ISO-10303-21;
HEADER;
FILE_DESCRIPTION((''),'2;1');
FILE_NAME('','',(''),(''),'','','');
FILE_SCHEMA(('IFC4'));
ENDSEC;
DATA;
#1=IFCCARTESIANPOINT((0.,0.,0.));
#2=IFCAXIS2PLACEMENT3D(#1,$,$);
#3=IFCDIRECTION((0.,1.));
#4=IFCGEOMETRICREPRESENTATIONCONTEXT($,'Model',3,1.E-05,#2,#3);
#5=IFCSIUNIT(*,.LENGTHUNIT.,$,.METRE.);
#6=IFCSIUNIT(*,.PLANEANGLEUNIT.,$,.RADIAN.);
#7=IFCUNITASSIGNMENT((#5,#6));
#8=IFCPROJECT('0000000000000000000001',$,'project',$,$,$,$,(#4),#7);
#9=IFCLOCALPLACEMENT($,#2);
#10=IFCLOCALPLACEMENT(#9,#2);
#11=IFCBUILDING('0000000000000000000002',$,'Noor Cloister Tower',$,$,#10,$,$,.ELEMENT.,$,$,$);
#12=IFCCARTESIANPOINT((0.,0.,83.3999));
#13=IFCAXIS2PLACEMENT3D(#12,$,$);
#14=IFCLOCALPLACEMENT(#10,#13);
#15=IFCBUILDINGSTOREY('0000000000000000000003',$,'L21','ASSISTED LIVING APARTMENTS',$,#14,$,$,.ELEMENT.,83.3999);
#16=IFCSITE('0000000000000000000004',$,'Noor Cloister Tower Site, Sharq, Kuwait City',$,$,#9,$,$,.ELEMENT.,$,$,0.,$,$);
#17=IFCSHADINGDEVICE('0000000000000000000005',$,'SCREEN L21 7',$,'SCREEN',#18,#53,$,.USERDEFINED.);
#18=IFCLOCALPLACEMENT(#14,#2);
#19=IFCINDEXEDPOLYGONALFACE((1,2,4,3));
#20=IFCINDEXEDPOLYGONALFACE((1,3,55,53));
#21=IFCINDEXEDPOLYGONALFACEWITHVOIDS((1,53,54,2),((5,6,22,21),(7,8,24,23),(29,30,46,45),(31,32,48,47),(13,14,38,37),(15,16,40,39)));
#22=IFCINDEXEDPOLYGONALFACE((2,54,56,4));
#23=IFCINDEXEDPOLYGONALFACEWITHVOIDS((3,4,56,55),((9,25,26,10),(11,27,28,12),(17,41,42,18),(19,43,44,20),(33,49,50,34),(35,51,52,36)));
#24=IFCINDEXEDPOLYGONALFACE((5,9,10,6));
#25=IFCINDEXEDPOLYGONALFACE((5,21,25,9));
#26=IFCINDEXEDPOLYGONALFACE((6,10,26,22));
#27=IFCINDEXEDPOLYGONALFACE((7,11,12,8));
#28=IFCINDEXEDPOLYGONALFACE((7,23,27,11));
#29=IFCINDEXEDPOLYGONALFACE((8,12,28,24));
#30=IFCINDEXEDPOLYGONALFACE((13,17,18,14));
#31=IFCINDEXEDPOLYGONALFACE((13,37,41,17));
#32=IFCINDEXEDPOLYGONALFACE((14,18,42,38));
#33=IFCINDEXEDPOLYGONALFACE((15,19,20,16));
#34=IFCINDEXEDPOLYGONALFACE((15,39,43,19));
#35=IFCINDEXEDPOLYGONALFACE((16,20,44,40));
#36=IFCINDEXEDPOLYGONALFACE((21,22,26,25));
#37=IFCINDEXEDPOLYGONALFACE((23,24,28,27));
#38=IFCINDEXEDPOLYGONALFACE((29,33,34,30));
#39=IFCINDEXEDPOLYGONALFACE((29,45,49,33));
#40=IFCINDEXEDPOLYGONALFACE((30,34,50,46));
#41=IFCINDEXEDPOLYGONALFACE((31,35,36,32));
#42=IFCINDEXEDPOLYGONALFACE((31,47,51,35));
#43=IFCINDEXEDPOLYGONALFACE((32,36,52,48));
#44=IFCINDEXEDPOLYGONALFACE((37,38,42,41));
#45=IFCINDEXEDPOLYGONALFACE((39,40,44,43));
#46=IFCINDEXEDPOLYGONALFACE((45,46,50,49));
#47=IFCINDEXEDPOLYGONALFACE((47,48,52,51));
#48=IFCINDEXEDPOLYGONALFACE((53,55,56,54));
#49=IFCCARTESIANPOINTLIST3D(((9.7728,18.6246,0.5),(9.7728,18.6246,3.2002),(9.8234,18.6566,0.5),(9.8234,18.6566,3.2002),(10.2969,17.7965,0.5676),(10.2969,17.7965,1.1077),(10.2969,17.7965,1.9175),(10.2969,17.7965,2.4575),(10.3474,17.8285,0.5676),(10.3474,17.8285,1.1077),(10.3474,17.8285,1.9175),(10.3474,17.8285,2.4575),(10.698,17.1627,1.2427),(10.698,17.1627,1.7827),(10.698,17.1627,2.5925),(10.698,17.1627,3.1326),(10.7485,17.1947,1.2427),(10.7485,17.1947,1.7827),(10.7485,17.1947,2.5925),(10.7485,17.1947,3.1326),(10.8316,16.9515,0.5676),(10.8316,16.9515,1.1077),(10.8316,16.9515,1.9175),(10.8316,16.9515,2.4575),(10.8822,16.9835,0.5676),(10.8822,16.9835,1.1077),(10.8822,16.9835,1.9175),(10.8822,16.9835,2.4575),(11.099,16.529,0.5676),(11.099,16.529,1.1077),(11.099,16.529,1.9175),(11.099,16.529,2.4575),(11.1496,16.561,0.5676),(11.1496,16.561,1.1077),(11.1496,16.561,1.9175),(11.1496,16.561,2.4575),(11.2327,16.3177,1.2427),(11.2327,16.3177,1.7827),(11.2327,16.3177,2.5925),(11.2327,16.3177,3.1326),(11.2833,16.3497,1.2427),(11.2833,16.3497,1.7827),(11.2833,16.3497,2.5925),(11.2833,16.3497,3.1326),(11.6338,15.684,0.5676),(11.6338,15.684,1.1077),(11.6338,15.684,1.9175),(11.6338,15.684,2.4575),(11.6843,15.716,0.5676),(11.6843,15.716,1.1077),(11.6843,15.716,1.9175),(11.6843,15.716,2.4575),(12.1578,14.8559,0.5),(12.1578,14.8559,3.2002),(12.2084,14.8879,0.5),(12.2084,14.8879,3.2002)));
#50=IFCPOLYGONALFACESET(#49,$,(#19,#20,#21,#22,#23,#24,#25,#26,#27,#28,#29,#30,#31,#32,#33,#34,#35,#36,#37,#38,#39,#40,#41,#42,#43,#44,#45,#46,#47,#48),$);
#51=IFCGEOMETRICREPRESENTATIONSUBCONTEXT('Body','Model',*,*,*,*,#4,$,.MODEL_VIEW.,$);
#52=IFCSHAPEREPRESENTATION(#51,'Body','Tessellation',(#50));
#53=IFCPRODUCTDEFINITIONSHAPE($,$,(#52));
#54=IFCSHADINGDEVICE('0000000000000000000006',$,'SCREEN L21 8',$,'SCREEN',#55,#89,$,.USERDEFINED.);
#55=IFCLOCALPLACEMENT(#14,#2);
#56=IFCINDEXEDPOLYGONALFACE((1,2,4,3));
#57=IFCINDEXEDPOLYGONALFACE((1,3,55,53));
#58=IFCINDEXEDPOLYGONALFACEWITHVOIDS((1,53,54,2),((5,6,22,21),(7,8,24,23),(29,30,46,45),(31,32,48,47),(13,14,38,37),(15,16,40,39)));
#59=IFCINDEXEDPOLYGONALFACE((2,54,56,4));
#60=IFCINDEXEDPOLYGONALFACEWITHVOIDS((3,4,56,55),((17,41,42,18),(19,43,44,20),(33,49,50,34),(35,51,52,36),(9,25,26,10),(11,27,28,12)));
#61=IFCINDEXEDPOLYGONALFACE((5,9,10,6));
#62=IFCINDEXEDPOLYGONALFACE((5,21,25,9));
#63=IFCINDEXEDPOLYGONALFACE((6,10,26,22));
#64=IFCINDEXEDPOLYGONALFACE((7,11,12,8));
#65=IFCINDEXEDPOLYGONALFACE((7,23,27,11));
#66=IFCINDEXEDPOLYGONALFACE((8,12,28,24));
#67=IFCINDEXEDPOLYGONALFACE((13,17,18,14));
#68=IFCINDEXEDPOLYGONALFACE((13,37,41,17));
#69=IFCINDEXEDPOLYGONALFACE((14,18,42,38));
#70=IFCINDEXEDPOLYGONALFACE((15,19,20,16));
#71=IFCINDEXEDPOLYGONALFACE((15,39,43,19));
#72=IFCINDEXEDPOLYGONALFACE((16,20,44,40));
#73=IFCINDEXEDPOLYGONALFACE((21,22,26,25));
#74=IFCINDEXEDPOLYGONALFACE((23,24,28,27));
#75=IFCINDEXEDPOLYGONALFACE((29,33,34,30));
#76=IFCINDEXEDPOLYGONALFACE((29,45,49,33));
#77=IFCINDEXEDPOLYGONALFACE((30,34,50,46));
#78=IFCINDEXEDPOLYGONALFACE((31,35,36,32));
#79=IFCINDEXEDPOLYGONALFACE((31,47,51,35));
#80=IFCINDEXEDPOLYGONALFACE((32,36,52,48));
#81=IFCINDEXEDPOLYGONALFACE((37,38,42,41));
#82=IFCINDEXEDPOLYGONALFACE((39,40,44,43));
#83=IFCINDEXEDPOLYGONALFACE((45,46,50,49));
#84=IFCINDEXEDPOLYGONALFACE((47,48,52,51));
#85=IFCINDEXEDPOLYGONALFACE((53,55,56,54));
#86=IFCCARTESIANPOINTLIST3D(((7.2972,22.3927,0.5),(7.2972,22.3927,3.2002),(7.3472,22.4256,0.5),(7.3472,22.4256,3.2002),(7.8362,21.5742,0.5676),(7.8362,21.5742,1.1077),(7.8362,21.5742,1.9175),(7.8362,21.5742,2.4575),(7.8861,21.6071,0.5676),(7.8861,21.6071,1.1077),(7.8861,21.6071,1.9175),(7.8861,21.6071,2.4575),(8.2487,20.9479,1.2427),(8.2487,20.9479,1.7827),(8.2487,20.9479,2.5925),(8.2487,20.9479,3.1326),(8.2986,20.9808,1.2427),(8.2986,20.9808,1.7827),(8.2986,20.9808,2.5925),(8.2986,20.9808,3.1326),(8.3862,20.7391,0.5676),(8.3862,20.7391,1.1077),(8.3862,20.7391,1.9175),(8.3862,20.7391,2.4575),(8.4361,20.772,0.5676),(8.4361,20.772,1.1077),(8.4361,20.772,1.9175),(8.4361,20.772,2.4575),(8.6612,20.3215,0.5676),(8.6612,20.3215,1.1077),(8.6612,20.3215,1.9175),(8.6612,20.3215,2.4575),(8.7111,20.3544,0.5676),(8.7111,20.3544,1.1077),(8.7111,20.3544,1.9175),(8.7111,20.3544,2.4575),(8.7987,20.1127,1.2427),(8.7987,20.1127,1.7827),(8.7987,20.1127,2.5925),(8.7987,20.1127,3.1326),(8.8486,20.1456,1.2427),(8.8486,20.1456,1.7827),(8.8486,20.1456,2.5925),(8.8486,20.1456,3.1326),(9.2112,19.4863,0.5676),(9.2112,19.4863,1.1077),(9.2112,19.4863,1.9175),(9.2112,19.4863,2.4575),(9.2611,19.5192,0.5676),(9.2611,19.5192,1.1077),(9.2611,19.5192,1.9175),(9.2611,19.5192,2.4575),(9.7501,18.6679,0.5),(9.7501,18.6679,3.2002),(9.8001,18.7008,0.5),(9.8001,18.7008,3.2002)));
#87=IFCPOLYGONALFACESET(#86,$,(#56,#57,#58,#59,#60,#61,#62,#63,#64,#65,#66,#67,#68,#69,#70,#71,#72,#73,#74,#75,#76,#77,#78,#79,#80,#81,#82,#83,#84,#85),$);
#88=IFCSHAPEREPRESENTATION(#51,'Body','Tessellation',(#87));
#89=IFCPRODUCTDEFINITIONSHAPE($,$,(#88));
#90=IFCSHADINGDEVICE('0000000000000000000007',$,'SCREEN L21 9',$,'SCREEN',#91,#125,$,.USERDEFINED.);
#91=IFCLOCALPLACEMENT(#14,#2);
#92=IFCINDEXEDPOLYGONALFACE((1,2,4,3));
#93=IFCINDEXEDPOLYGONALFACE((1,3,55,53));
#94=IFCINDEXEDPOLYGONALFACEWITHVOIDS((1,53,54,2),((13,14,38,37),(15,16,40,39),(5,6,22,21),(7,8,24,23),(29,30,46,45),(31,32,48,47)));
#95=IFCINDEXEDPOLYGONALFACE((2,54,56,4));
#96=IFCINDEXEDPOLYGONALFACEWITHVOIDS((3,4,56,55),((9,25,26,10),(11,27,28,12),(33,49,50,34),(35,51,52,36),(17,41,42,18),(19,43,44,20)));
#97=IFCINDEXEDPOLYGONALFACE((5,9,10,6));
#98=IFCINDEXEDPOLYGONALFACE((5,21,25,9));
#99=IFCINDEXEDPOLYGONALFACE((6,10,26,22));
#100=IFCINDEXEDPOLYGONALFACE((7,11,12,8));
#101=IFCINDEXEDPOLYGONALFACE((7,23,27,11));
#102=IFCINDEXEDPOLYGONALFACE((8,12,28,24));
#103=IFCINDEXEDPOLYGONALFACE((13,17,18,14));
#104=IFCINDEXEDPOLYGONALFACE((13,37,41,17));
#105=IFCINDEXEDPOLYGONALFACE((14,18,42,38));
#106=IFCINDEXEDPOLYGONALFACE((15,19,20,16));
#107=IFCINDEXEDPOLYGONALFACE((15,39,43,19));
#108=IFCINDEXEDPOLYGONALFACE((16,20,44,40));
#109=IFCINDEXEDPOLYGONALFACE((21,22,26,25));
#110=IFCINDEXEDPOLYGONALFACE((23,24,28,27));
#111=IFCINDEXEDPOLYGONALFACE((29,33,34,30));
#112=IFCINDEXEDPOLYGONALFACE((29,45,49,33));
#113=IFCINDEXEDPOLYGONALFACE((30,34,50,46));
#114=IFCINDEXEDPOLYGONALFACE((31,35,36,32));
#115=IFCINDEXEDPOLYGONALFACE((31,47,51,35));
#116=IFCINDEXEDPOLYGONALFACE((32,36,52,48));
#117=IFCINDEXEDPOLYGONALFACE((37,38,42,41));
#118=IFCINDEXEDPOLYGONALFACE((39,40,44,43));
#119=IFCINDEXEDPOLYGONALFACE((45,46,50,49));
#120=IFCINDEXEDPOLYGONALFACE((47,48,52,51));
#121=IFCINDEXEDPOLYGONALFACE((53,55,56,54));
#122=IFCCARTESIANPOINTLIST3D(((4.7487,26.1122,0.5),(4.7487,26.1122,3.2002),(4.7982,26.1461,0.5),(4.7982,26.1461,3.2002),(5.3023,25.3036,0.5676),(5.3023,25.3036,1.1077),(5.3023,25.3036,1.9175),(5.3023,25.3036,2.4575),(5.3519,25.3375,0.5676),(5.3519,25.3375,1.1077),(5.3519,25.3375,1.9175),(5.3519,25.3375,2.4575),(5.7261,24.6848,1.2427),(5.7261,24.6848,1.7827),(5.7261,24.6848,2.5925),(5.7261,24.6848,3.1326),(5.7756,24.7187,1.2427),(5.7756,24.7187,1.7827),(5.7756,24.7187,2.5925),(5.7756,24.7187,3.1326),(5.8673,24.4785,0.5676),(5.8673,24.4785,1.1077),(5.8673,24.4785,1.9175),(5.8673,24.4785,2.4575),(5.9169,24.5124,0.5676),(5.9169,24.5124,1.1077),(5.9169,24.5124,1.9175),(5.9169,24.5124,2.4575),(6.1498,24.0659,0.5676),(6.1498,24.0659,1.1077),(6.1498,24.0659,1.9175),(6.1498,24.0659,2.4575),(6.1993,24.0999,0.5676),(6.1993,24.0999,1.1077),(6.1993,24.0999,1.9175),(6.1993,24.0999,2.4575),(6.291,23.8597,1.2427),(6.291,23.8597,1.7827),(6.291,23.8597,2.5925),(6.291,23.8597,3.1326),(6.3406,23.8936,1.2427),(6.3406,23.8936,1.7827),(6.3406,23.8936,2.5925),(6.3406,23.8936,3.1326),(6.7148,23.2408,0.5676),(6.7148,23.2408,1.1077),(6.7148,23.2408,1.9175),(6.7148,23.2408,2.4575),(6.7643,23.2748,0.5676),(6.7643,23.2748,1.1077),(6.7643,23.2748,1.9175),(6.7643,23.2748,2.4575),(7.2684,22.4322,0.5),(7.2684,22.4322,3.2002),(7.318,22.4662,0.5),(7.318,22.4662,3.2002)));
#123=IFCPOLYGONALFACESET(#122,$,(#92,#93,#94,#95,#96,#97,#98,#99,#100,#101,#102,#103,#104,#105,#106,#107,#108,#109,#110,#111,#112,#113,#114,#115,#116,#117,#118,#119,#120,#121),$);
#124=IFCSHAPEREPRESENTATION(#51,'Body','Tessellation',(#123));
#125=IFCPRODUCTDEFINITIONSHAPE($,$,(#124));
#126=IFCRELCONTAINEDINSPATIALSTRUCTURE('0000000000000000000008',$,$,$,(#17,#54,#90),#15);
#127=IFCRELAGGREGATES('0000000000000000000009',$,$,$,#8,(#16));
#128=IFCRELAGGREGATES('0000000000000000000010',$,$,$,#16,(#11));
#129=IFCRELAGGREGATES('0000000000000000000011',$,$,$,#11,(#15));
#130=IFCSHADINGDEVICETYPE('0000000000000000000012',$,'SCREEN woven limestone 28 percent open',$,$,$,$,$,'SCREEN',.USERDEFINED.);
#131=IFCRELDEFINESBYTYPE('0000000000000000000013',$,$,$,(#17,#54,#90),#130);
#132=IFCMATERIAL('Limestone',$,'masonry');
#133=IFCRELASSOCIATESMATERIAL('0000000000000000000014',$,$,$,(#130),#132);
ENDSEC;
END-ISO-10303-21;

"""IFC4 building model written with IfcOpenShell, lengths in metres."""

from ifc_helpers import new_model, si_unit, direction, frame, origin, place, context, subcontext, project, spatial, polyline, outline, extrude, material, material_profile, profile_set, type_object, element, save


model = new_model("IFC4")

# Units and contexts
model_context = context("Model", 3, precision=1e-05, world=origin(), true_north=direction((0.0, 1.0)))
body_context = subcontext(model_context, "Body", "Model", "MODEL_VIEW")
ifc_project = project(units=[si_unit("LENGTHUNIT", "METRE"), si_unit("PLANEANGLEUNIT", "RADIAN")], contexts=[model_context])

# Site, building, storey
site_placement = place(None, origin())
site = spatial("IfcSite", under=ifc_project, at=site_placement, Name="Noor Cloister Tower Site, Sharq, Kuwait City", CompositionType="ELEMENT", RefElevation=0.0)
building_placement = place(site_placement, origin())
building = spatial("IfcBuilding", under=site, at=building_placement, Name="Noor Cloister Tower", CompositionType="ELEMENT")
storey_placement = place(building_placement, frame((0.0, 0.0, 83.3999)))
storey = spatial("IfcBuildingStorey", under=building, at=storey_placement, Name="L21", Description="ASSISTED LIVING APARTMENTS", CompositionType="ELEMENT", Elevation=83.3999)

# Shading devices
ifc_material_1 = material(Name="Limestone", Category="masonry")
ifc_material_profile_1 = material_profile(ifc_material_1, outline(polyline([(-2.23, -1.3501), (2.23, -1.3501), (2.23, 1.3501), (-2.23, 1.3501), (-2.23, -1.3501)]), holes=[polyline([(-1.25, -1.2825), (-0.25, -1.2825), (-0.25, -0.7424), (-1.25, -0.7424), (-1.25, -1.2825)]), polyline([(0.25, -1.2825), (1.25, -1.2825), (1.25, -0.7424), (0.25, -0.7424), (0.25, -1.2825)]), polyline([(-0.5, -0.6074), (0.5, -0.6074), (0.5, -0.0674), (-0.5, -0.0674), (-0.5, -0.6074)]), polyline([(-1.25, 0.0674), (-0.25, 0.0674), (-0.25, 0.6074), (-1.25, 0.6074), (-1.25, 0.0674)]), polyline([(0.25, 0.0674), (1.25, 0.0674), (1.25, 0.6074), (0.25, 0.6074), (0.25, 0.0674)]), polyline([(-0.5, 0.7424), (0.5, 0.7424), (0.5, 1.2825), (-0.5, 1.2825), (-0.5, 0.7424)])]), Name="Woven screen 28 percent open")
ifc_profile_set_1 = profile_set([ifc_material_profile_1], Name="Limestone")
shading_device_type = type_object("IfcShadingDeviceType", Name="SCREEN woven limestone 28 percent open", ElementType="SCREEN", PredefinedType="USERDEFINED", material=ifc_profile_set_1)
for number, where, z_axis, x_axis, name in (
    (1, (10.9653, 16.7402, 1.8501), (0.845004, 0.534761, 0.0), (-0.534761, 0.845004, 0.0), "SCREEN L21 7"),
    (2, (8.5237, 20.5303, 1.8501), (0.835171, 0.549991, 0.0), (-0.549991, 0.835171, 0.0), "SCREEN L21 8"),
):
    element("IfcShadingDevice", number, at=place(storey_placement, frame(where, z_axis=z_axis, x_axis=x_axis)), inside=storey, type_object=shading_device_type, Name=name, ObjectType="SCREEN", PredefinedType="USERDEFINED", context=body_context, shape_type="SweptSolid", body=[
        extrude(outline(polyline([(-2.23, -1.3501), (2.23, -1.3501), (2.23, 1.3501), (-2.23, 1.3501), (-2.23, -1.3501)]), holes=[polyline([(-1.25, -1.2825), (-0.25, -1.2825), (-0.25, -0.7424), (-1.25, -0.7424), (-1.25, -1.2825)]), polyline([(0.25, -1.2825), (1.25, -1.2825), (1.25, -0.7424), (0.25, -0.7424), (0.25, -1.2825)]), polyline([(-0.5, -0.6074), (0.5, -0.6074), (0.5, -0.0674), (-0.5, -0.0674), (-0.5, -0.6074)]), polyline([(-1.25, 0.0674), (-0.25, 0.0674), (-0.25, 0.6074), (-1.25, 0.6074), (-1.25, 0.0674)]), polyline([(0.25, 0.0674), (1.25, 0.0674), (1.25, 0.6074), (0.25, 0.6074), (0.25, 0.0674)]), polyline([(-0.5, 0.7424), (0.5, 0.7424), (0.5, 1.2825), (-0.5, 1.2825), (-0.5, 0.7424)])]), origin(), (0.0, 0.0, 1.0), 0.0598),
    ])
shading_device_placement = place(storey_placement, frame((6.0085, 24.2722, 1.8501), z_axis=(0.825108, 0.564975, 0.0), x_axis=(-0.564975, 0.825108, 0.0)))
element("IfcShadingDevice", 3, at=shading_device_placement, inside=storey, type_object=shading_device_type, Name="SCREEN L21 9", ObjectType="SCREEN", PredefinedType="USERDEFINED", context=body_context, shape_type="SweptSolid", body=[
    extrude(outline(polyline([(-2.23, -1.3501), (2.23, -1.3501), (2.23, 1.3501), (-2.23, 1.3501), (-2.23, -1.3501)]), holes=[polyline([(-1.25, -1.2825), (-0.25, -1.2825), (-0.25, -0.7424), (-1.25, -0.7424), (-1.25, -1.2825)]), polyline([(0.25, -1.2825), (1.25, -1.2825), (1.25, -0.7424), (0.25, -0.7424), (0.25, -1.2825)]), polyline([(-0.5, -0.6074), (0.5, -0.6074), (0.5, -0.0674), (-0.5, -0.0674), (-0.5, -0.6074)]), polyline([(-1.25, 0.0674), (-0.25, 0.0674), (-0.25, 0.6074), (-1.25, 0.6074), (-1.25, 0.0674)]), polyline([(0.25, 0.0674), (1.25, 0.0674), (1.25, 0.6074), (0.25, 0.6074), (0.25, 0.0674)]), polyline([(-0.5, 0.7424), (0.5, 0.7424), (0.5, 1.2825), (-0.5, 1.2825), (-0.5, 0.7424)])]), origin(), (0.0, 0.0, 1.0), 0.0601),
])

save(model, "model.ifc")
